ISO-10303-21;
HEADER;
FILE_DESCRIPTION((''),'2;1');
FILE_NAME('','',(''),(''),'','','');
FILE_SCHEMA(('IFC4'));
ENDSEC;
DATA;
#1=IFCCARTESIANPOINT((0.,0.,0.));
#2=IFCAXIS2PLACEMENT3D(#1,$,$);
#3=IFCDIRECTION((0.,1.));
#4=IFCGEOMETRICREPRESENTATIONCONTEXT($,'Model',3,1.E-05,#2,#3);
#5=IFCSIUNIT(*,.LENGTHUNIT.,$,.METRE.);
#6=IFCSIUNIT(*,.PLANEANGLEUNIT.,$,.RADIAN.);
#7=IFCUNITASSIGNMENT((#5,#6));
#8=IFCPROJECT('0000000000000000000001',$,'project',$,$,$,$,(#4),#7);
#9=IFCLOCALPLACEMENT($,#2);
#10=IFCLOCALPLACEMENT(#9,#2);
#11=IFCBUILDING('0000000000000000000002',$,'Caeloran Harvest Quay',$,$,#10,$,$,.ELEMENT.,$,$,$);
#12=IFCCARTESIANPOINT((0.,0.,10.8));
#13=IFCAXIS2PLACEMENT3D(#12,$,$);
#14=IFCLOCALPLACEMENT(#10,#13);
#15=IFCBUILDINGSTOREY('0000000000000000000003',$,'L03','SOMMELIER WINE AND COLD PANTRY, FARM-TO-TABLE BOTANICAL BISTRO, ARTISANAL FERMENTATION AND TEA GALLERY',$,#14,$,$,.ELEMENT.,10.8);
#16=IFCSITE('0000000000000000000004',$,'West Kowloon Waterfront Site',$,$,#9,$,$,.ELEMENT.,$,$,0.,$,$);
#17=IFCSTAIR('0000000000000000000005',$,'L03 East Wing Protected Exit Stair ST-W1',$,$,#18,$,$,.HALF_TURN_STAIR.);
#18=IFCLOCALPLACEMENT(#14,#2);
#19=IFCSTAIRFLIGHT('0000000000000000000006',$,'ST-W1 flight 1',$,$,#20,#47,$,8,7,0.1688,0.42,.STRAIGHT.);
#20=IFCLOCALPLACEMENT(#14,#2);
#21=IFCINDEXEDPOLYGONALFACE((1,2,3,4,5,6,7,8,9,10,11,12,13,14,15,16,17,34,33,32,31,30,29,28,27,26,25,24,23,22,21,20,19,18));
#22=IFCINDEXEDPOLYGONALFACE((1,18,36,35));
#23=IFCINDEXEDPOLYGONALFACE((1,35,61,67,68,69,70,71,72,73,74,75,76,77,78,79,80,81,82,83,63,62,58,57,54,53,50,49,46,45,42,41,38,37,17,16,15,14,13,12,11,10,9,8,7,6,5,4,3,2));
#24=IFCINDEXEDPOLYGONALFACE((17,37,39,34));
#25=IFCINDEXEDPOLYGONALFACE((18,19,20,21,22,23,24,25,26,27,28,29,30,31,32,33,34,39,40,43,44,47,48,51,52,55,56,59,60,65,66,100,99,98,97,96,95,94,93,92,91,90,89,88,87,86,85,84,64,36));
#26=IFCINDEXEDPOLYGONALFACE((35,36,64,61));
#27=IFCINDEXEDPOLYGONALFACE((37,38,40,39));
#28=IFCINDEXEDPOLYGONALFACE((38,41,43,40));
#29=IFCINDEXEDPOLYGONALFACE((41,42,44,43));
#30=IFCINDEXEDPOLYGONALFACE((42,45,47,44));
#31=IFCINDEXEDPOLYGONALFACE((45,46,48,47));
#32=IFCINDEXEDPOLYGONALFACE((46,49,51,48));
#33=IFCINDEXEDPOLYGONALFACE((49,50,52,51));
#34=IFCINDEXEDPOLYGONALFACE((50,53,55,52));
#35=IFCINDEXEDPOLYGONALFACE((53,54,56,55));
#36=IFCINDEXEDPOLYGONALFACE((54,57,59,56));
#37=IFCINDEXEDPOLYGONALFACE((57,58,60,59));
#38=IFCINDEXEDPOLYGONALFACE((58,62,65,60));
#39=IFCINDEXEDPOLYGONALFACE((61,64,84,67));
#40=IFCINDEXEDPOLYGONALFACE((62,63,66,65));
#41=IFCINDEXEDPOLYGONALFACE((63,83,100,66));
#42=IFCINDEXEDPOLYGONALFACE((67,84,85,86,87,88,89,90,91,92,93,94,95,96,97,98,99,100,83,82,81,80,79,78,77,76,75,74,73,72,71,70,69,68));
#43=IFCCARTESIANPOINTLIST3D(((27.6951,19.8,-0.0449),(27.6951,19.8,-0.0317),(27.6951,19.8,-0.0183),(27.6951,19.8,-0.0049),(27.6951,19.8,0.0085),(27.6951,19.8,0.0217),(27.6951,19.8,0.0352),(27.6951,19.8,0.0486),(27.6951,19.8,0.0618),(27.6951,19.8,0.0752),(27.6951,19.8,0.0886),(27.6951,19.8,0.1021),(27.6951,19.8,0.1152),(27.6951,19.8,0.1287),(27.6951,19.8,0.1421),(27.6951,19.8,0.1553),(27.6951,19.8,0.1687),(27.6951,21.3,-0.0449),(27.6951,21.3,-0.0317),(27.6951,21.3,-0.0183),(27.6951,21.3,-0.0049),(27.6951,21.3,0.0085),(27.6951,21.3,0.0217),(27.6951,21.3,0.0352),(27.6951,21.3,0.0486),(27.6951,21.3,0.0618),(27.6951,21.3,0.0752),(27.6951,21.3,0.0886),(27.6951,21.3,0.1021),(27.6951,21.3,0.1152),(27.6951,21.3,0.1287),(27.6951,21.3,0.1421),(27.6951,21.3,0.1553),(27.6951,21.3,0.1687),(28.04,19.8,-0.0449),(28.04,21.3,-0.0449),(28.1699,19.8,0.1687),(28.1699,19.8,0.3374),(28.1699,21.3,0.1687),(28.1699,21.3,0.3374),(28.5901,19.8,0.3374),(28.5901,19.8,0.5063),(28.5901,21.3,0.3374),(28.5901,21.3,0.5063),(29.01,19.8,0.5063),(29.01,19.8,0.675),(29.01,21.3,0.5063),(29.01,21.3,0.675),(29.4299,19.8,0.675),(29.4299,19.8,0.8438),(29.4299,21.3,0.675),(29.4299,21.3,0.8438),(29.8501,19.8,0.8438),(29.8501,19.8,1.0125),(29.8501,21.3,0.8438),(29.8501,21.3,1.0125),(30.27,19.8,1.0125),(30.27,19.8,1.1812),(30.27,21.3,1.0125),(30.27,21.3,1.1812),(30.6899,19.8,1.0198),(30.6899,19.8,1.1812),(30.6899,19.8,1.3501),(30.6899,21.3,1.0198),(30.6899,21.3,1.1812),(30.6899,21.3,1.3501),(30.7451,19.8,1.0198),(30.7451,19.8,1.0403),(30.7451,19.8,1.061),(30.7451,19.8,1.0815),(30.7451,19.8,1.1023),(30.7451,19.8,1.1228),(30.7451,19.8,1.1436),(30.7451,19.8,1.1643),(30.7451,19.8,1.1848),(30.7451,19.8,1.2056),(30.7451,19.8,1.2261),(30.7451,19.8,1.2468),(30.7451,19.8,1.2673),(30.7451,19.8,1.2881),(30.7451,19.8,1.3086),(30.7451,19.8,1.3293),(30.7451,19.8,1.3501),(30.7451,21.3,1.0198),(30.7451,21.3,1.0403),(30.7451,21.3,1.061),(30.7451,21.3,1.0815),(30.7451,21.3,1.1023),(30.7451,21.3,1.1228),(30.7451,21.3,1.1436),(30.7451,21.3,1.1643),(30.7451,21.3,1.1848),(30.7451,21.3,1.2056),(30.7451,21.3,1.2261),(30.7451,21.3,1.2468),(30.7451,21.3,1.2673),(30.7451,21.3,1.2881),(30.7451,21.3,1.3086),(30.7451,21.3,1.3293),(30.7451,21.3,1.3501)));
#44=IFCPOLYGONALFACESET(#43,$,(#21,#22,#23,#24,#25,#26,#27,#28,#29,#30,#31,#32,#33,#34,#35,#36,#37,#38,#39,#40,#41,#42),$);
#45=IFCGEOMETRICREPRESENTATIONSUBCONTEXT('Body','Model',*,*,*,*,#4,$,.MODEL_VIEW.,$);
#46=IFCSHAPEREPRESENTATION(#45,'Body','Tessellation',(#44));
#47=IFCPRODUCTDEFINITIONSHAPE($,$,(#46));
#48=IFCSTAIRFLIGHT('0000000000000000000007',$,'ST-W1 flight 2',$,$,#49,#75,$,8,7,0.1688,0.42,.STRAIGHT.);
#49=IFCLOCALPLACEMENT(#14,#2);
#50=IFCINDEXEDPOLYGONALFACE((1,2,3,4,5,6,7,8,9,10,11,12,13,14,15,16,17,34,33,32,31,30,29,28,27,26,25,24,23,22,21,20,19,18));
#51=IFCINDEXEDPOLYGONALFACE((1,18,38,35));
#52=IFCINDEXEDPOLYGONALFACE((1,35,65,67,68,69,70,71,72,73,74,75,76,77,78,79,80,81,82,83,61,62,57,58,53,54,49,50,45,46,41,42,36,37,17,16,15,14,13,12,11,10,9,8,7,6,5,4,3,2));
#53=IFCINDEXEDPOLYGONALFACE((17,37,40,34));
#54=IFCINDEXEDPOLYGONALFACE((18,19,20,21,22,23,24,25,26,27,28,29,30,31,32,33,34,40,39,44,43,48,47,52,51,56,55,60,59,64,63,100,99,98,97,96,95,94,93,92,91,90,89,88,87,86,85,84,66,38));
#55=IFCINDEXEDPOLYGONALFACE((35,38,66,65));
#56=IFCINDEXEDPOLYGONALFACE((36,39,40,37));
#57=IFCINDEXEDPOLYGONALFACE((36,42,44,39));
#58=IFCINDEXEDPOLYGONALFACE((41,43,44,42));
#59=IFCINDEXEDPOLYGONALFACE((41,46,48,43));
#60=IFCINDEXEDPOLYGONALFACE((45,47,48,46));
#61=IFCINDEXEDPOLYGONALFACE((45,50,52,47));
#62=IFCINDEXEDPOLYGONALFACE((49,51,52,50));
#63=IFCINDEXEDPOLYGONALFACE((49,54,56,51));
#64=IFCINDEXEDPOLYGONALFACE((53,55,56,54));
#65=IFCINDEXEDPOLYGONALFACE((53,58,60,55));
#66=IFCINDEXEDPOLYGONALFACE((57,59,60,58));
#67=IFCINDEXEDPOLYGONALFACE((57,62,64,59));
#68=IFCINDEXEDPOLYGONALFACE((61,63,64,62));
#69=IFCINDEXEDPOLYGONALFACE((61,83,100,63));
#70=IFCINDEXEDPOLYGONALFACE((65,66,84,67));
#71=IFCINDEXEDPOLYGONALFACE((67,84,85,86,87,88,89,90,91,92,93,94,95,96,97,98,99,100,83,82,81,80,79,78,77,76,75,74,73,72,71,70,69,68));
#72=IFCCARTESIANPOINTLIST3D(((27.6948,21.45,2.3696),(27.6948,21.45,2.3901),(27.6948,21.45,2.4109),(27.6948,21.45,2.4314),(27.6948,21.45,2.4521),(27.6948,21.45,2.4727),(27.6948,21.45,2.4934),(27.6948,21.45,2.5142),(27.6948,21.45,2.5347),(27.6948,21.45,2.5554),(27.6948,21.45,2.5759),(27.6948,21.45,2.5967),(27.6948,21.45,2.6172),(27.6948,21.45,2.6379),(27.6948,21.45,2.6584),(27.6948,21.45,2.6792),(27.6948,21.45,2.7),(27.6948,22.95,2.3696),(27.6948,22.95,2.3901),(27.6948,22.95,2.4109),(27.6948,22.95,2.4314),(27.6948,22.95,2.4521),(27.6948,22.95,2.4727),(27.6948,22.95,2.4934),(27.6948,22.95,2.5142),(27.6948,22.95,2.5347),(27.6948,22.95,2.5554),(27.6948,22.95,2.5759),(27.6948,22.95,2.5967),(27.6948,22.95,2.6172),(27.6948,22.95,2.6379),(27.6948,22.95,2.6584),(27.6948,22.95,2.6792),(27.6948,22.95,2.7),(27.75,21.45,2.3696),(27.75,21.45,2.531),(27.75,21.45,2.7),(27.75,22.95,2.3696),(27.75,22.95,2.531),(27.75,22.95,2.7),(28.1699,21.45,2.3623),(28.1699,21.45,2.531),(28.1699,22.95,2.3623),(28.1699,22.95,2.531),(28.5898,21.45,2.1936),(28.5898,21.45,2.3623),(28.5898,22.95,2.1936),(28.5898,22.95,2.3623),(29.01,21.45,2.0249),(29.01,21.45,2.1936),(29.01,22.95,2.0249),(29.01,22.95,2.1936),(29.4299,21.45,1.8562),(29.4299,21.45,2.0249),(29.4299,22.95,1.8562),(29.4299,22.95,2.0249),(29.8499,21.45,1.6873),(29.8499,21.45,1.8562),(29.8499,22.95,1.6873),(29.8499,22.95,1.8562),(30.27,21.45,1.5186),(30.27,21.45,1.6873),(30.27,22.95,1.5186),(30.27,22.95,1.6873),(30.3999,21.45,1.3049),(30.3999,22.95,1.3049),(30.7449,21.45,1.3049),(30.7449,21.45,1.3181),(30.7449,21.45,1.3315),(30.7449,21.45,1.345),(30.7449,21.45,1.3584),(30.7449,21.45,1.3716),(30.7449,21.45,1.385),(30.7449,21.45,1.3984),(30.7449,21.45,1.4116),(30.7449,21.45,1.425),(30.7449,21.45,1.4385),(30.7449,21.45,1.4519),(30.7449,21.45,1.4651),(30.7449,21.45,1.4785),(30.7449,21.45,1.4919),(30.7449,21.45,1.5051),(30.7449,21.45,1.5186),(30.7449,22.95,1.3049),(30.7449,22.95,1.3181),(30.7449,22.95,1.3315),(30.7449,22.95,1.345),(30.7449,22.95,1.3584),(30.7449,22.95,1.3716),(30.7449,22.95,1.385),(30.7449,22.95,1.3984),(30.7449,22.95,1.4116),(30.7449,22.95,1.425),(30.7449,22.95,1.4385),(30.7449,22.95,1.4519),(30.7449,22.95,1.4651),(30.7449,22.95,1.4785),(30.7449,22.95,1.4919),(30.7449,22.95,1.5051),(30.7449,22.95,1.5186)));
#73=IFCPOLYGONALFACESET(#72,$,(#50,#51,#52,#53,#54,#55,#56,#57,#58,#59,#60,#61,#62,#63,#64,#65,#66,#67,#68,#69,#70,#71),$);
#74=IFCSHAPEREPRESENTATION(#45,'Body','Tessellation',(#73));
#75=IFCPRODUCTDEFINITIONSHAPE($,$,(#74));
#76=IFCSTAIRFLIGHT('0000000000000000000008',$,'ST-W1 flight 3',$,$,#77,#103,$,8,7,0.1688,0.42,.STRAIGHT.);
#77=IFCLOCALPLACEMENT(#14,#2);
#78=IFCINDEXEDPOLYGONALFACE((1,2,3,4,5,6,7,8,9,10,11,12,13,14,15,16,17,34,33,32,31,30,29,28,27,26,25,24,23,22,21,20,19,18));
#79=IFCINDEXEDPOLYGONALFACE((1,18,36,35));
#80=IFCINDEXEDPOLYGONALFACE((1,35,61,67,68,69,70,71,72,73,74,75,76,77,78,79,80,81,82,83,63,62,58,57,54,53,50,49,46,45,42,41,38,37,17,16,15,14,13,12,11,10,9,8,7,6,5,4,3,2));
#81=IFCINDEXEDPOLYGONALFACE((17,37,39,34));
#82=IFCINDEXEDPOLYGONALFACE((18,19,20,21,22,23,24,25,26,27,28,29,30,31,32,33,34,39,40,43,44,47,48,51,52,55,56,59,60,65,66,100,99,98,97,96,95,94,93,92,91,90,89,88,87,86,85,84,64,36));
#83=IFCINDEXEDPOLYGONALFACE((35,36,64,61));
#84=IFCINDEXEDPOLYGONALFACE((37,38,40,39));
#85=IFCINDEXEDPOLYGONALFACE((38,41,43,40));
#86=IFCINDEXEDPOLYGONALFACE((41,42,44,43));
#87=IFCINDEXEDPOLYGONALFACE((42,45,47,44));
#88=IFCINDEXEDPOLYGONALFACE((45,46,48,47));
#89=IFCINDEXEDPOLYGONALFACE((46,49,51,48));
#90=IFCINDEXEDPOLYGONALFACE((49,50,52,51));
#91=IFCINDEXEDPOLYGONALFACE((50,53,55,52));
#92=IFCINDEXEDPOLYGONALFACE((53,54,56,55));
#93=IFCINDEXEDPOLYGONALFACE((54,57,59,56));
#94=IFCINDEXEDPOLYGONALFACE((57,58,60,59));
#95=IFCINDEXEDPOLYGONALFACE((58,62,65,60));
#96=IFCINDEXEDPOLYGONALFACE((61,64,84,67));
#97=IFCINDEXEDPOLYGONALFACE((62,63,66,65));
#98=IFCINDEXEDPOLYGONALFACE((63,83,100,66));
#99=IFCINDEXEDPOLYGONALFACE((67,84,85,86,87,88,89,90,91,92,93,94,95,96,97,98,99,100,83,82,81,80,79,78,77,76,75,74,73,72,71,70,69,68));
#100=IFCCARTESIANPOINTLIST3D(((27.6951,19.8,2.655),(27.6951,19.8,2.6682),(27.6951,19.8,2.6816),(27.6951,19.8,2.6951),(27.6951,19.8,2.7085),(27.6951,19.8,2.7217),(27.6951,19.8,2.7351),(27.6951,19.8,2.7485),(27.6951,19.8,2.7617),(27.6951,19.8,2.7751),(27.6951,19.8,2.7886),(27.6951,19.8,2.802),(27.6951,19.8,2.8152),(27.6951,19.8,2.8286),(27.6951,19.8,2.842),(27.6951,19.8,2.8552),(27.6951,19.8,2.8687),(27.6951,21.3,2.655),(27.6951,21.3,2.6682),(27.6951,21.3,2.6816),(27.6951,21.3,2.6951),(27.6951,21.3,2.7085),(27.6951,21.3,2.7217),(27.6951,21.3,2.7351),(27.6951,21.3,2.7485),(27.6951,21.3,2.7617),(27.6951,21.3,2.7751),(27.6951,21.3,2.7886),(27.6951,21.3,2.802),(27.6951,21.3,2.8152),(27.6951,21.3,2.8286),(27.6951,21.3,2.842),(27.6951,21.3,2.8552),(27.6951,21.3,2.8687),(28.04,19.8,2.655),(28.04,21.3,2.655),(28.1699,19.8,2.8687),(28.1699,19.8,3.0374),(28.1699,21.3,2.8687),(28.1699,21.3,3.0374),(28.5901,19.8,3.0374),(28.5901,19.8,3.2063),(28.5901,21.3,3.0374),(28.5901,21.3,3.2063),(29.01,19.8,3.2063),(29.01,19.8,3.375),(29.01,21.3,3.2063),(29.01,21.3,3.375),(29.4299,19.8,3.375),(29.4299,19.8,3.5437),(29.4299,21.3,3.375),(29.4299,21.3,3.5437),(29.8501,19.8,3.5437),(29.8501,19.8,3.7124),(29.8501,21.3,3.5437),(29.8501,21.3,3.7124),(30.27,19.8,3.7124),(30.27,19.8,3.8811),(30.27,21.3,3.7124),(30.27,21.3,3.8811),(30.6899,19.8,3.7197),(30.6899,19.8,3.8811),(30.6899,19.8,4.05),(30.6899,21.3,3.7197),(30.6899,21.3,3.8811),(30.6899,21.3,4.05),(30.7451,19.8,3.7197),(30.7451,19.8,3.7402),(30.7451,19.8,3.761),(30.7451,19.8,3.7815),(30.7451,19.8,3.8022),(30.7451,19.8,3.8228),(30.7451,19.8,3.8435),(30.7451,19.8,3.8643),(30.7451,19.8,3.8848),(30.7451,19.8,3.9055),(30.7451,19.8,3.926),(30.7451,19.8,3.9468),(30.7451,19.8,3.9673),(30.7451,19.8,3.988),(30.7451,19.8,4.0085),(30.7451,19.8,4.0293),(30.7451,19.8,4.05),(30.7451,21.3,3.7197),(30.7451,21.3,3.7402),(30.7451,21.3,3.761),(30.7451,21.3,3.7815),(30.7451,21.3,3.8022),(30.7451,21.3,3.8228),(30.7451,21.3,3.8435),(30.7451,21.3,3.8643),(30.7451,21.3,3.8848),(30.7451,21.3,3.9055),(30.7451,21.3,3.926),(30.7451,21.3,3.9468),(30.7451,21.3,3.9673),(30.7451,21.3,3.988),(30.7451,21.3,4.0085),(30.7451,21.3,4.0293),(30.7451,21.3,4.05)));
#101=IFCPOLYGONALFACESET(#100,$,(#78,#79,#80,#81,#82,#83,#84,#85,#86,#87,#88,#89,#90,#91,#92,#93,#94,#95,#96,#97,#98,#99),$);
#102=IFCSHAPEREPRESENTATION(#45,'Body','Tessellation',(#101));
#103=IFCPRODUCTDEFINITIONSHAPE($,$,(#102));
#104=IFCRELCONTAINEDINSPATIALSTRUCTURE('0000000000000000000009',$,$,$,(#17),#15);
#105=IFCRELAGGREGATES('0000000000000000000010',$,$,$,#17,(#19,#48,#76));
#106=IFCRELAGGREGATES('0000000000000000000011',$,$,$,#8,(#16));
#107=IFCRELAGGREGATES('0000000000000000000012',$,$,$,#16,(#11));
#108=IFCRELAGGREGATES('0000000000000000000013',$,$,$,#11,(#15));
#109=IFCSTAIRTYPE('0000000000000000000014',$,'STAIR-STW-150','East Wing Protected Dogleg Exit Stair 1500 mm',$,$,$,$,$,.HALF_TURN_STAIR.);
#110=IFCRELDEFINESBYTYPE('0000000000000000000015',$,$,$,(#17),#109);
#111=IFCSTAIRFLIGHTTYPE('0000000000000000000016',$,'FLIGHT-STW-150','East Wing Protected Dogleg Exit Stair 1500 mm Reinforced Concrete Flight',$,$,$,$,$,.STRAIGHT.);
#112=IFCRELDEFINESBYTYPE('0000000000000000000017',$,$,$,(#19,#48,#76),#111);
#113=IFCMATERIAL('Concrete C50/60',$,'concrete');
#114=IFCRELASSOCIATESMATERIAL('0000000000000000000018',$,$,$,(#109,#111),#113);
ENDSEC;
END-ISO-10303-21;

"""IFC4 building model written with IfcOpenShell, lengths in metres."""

from ifc_helpers import new_model, si_unit, direction, frame, origin, place, context, subcontext, project, spatial, polyline, outline, extrude, material, type_object, element, aggregate, save


model = new_model("IFC4")

# Units and contexts
model_context = context("Model", 3, precision=1e-05, world=origin(), true_north=direction((0.0, 1.0)))
body_context = subcontext(model_context, "Body", "Model", "MODEL_VIEW")
ifc_project = project(units=[si_unit("LENGTHUNIT", "METRE"), si_unit("PLANEANGLEUNIT", "RADIAN")], contexts=[model_context])

# Site, building, storey
site_placement = place(None, origin())
site = spatial("IfcSite", under=ifc_project, at=site_placement, Name="West Kowloon Waterfront Site", CompositionType="ELEMENT", RefElevation=0.0)
building_placement = place(site_placement, origin())
building = spatial("IfcBuilding", under=site, at=building_placement, Name="Caeloran Harvest Quay", CompositionType="ELEMENT")
storey_placement = place(building_placement, frame((0.0, 0.0, 10.8)))
storey = spatial("IfcBuildingStorey", under=building, at=storey_placement, Name="L03", Description="SOMMELIER WINE AND COLD PANTRY, FARM-TO-TABLE BOTANICAL BISTRO, ARTISANAL FERMENTATION AND TEA GALLERY", CompositionType="ELEMENT", Elevation=10.8)

# Shared definitions
ifc_material_1 = material(Name="Concrete C50/60", Category="concrete")

# Stair, stair flights
stair_type_1 = type_object("IfcStairType", Name="STAIR-STW-150", Description="East Wing Protected Dogleg Exit Stair 1500 mm", PredefinedType="HALF_TURN_STAIR", material=ifc_material_1)
stair_1_placement = place(storey_placement, origin())
stair_1 = element("IfcStair", 1, at=stair_1_placement, inside=storey, type_object=stair_type_1, Name="L03 East Wing Protected Exit Stair ST-W1", PredefinedType="HALF_TURN_STAIR")
stair_flight_type_1 = type_object("IfcStairFlightType", Name="FLIGHT-STW-150", Description="East Wing Protected Dogleg Exit Stair 1500 mm Reinforced Concrete Flight", PredefinedType="STRAIGHT", material=ifc_material_1)
stair_flight_1_placement = place(storey_placement, frame((27.75, 20.55, 0.0), z_axis=(0.0, 0.0, 1.0), x_axis=(1.0, 0.0, 0.0)))
stair_flight_1 = element("IfcStairFlight", 2, at=stair_flight_1_placement, type_object=stair_flight_type_1, Name="ST-W1 flight 1", NumberOfRisers=8, NumberOfTreads=7, PredefinedType="STRAIGHT", RiserHeight=0.1688, TreadLength=0.42, context=body_context, shape_type="SweptSolid", body=[
    extrude(outline(polyline([(-0.0549, -0.0449), (-0.0549, -0.0317), (-0.0549, -0.0183), (-0.0549, -0.0049), (-0.0549, 0.0085), (-0.0549, 0.0217), (-0.0549, 0.0352), (-0.0549, 0.0486), (-0.0549, 0.0618), (-0.0549, 0.0752), (-0.0549, 0.0886), (-0.0549, 0.1021), (-0.0549, 0.1152), (-0.0549, 0.1287), (-0.0549, 0.1421), (-0.0549, 0.1553), (-0.0549, 0.1687), (0.4199, 0.1687), (0.4199, 0.3374), (0.8401, 0.3374), (0.8401, 0.5063), (1.26, 0.5063), (1.26, 0.675), (1.6799, 0.675), (1.6799, 0.8438), (2.1001, 0.8438), (2.1001, 1.0125), (2.52, 1.0125), (2.52, 1.1812), (2.9399, 1.1812), (2.9399, 1.3501), (2.9951, 1.3501), (2.9951, 1.3293), (2.9951, 1.3086), (2.9951, 1.2881), (2.9951, 1.2673), (2.9951, 1.2468), (2.9951, 1.2261), (2.9951, 1.2056), (2.9951, 1.1848), (2.9951, 1.1643), (2.9951, 1.1436), (2.9951, 1.1228), (2.9951, 1.1023), (2.9951, 1.0815), (2.9951, 1.061), (2.9951, 1.0403), (2.9951, 1.0198), (2.9399, 1.0198), (0.29, -0.0449), (-0.0549, -0.0449)])), frame((0.0, 0.75, 0.0), z_axis=(0.0, -1.0, 0.0), x_axis=(1.0, 0.0, 0.0)), (0.0, 0.0, 1.0), 1.5),
])
stair_flight_2_placement = place(storey_placement, frame((30.6899, 22.2, 1.3499), z_axis=(0.0, 0.0, 1.0), x_axis=(-1.0, 0.0, 0.0)))
stair_flight_2 = element("IfcStairFlight", 3, at=stair_flight_2_placement, type_object=stair_flight_type_1, Name="ST-W1 flight 2", NumberOfRisers=8, NumberOfTreads=7, PredefinedType="STRAIGHT", RiserHeight=0.1688, TreadLength=0.42, context=body_context, shape_type="SweptSolid", body=[
    extrude(outline(polyline([(-0.0549, -0.0449), (-0.0549, -0.0317), (-0.0549, -0.0183), (-0.0549, -0.0049), (-0.0549, 0.0085), (-0.0549, 0.0217), (-0.0549, 0.0352), (-0.0549, 0.0486), (-0.0549, 0.0618), (-0.0549, 0.0752), (-0.0549, 0.0886), (-0.0549, 0.1021), (-0.0549, 0.1152), (-0.0549, 0.1287), (-0.0549, 0.1421), (-0.0549, 0.1553), (-0.0549, 0.1687), (0.4199, 0.1687), (0.4199, 0.3374), (0.8401, 0.3374), (0.8401, 0.5063), (1.26, 0.5063), (1.26, 0.675), (1.6799, 0.675), (1.6799, 0.8438), (2.1001, 0.8438), (2.1001, 1.0125), (2.52, 1.0125), (2.52, 1.1812), (2.9399, 1.1812), (2.9399, 1.3501), (2.9951, 1.3501), (2.9951, 1.3293), (2.9951, 1.3086), (2.9951, 1.2881), (2.9951, 1.2673), (2.9951, 1.2468), (2.9951, 1.2261), (2.9951, 1.2056), (2.9951, 1.1848), (2.9951, 1.1643), (2.9951, 1.1436), (2.9951, 1.1228), (2.9951, 1.1023), (2.9951, 1.0815), (2.9951, 1.061), (2.9951, 1.0403), (2.9951, 1.0198), (2.9399, 1.0198), (0.29, -0.0449), (-0.0549, -0.0449)])), frame((0.0, 0.75, 0.0), z_axis=(0.0, -1.0, 0.0), x_axis=(1.0, 0.0, 0.0)), (0.0, 0.0, 1.0), 1.5),
])
stair_flight_3_placement = place(storey_placement, frame((27.75, 20.55, 2.7), z_axis=(0.0, 0.0, 1.0), x_axis=(1.0, 0.0, 0.0)))
stair_flight_3 = element("IfcStairFlight", 4, at=stair_flight_3_placement, type_object=stair_flight_type_1, Name="ST-W1 flight 3", NumberOfRisers=8, NumberOfTreads=7, PredefinedType="STRAIGHT", RiserHeight=0.1688, TreadLength=0.42, context=body_context, shape_type="SweptSolid", body=[
    extrude(outline(polyline([(-0.0549, -0.0449), (-0.0549, -0.0317), (-0.0549, -0.0183), (-0.0549, -0.0049), (-0.0549, 0.0085), (-0.0549, 0.0217), (-0.0549, 0.0352), (-0.0549, 0.0486), (-0.0549, 0.0618), (-0.0549, 0.0752), (-0.0549, 0.0886), (-0.0549, 0.1021), (-0.0549, 0.1152), (-0.0549, 0.1287), (-0.0549, 0.1421), (-0.0549, 0.1553), (-0.0549, 0.1687), (0.4199, 0.1687), (0.4199, 0.3374), (0.8401, 0.3374), (0.8401, 0.5063), (1.26, 0.5063), (1.26, 0.675), (1.6799, 0.675), (1.6799, 0.8438), (2.1001, 0.8438), (2.1001, 1.0125), (2.52, 1.0125), (2.52, 1.1812), (2.9399, 1.1812), (2.9399, 1.3501), (2.9951, 1.3501), (2.9951, 1.3293), (2.9951, 1.3086), (2.9951, 1.2881), (2.9951, 1.2673), (2.9951, 1.2468), (2.9951, 1.2261), (2.9951, 1.2056), (2.9951, 1.1848), (2.9951, 1.1643), (2.9951, 1.1436), (2.9951, 1.1228), (2.9951, 1.1023), (2.9951, 1.0815), (2.9951, 1.061), (2.9951, 1.0403), (2.9951, 1.0198), (2.9399, 1.0198), (0.29, -0.0449), (-0.0549, -0.0449)])), frame((0.0, 0.75, 0.0), z_axis=(0.0, -1.0, 0.0), x_axis=(1.0, 0.0, 0.0)), (0.0, 0.0, 1.0), 1.5),
])
aggregate(stair_1, [stair_flight_1, stair_flight_2, stair_flight_3])

save(model, "model.ifc")
